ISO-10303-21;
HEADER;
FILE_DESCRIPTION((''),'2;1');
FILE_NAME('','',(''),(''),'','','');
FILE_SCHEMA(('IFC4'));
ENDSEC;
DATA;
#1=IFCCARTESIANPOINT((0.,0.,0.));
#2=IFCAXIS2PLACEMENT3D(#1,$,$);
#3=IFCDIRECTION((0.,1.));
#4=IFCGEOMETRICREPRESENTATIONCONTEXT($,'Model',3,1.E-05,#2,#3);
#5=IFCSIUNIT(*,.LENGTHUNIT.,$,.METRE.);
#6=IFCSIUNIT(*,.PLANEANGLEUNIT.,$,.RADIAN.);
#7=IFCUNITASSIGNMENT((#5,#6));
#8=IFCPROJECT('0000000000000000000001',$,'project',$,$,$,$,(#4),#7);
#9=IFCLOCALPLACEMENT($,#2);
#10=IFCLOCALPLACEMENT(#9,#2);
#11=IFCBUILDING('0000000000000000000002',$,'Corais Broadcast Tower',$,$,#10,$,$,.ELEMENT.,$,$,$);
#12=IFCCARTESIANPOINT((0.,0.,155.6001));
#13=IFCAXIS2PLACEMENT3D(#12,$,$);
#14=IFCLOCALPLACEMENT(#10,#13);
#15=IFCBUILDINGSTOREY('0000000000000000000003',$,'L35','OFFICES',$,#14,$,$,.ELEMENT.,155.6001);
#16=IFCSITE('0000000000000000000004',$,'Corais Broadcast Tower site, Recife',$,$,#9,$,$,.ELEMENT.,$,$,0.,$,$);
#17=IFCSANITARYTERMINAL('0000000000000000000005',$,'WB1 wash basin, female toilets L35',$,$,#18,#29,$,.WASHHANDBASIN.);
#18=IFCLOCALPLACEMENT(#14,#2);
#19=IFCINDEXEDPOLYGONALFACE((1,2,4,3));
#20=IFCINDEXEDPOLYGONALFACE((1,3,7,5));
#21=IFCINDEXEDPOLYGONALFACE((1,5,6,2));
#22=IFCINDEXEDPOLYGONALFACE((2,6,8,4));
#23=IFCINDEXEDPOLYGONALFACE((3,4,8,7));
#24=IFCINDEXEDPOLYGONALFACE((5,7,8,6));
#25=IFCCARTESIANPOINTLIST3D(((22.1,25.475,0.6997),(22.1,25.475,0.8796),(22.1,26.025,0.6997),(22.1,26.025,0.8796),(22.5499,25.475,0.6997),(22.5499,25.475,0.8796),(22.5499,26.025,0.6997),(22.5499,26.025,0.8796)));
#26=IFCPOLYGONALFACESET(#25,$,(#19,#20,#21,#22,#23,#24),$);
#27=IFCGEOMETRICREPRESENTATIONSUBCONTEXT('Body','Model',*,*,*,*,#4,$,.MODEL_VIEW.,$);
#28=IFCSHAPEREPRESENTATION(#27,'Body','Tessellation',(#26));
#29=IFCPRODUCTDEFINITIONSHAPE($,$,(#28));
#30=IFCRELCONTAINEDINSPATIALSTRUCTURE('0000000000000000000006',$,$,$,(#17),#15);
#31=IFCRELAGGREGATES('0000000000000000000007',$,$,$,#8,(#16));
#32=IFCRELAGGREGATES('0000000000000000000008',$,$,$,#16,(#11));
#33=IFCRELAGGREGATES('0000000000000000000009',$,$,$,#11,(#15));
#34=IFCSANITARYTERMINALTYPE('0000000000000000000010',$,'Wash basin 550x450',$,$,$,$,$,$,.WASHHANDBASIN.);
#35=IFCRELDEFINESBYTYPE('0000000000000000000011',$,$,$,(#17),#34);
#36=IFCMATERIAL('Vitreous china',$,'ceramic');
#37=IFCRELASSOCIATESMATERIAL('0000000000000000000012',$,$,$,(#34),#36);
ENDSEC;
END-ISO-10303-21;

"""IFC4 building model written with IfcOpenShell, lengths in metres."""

from ifc_helpers import new_model, si_unit, direction, frame, origin, origin_2d, place, context, subcontext, project, spatial, rectangle, extrude, material, type_object, element, save


model = new_model("IFC4")

# Units and contexts
model_context = context("Model", 3, precision=1e-05, world=origin(), true_north=direction((0.0, 1.0)))
body_context = subcontext(model_context, "Body", "Model", "MODEL_VIEW")
ifc_project = project(units=[si_unit("LENGTHUNIT", "METRE"), si_unit("PLANEANGLEUNIT", "RADIAN")], contexts=[model_context])

# Site, building, storey
site_placement = place(None, origin())
site = spatial("IfcSite", under=ifc_project, at=site_placement, Name="Corais Broadcast Tower site, Recife", CompositionType="ELEMENT", RefElevation=0.0)
building_placement = place(site_placement, origin())
building = spatial("IfcBuilding", under=site, at=building_placement, Name="Corais Broadcast Tower", CompositionType="ELEMENT")
storey_placement = place(building_placement, frame((0.0, 0.0, 155.6001)))
storey = spatial("IfcBuildingStorey", under=building, at=storey_placement, Name="L35", Description="OFFICES", CompositionType="ELEMENT", Elevation=155.6001)

# Sanitary terminal
ifc_material_1 = material(Name="Vitreous china", Category="ceramic")
sanitary_terminal_type_1 = type_object("IfcSanitaryTerminalType", Name="Wash basin 550x450", PredefinedType="WASHHANDBASIN", material=ifc_material_1)
sanitary_terminal_placement = place(storey_placement, frame((22.325, 25.75, 0.6997), z_axis=(0.0, 0.0, 1.0), x_axis=(1.0, 0.0, 0.0)))
element("IfcSanitaryTerminal", 1, at=sanitary_terminal_placement, inside=storey, type_object=sanitary_terminal_type_1, Name="WB1 wash basin, female toilets L35", PredefinedType="WASHHANDBASIN", context=body_context, shape_type="SweptSolid", body=[
    extrude(rectangle(XDim=0.45, YDim=0.55, at=origin_2d()), origin(), (0.0, 0.0, 1.0), 0.1799),
])

save(model, "model.ifc")
